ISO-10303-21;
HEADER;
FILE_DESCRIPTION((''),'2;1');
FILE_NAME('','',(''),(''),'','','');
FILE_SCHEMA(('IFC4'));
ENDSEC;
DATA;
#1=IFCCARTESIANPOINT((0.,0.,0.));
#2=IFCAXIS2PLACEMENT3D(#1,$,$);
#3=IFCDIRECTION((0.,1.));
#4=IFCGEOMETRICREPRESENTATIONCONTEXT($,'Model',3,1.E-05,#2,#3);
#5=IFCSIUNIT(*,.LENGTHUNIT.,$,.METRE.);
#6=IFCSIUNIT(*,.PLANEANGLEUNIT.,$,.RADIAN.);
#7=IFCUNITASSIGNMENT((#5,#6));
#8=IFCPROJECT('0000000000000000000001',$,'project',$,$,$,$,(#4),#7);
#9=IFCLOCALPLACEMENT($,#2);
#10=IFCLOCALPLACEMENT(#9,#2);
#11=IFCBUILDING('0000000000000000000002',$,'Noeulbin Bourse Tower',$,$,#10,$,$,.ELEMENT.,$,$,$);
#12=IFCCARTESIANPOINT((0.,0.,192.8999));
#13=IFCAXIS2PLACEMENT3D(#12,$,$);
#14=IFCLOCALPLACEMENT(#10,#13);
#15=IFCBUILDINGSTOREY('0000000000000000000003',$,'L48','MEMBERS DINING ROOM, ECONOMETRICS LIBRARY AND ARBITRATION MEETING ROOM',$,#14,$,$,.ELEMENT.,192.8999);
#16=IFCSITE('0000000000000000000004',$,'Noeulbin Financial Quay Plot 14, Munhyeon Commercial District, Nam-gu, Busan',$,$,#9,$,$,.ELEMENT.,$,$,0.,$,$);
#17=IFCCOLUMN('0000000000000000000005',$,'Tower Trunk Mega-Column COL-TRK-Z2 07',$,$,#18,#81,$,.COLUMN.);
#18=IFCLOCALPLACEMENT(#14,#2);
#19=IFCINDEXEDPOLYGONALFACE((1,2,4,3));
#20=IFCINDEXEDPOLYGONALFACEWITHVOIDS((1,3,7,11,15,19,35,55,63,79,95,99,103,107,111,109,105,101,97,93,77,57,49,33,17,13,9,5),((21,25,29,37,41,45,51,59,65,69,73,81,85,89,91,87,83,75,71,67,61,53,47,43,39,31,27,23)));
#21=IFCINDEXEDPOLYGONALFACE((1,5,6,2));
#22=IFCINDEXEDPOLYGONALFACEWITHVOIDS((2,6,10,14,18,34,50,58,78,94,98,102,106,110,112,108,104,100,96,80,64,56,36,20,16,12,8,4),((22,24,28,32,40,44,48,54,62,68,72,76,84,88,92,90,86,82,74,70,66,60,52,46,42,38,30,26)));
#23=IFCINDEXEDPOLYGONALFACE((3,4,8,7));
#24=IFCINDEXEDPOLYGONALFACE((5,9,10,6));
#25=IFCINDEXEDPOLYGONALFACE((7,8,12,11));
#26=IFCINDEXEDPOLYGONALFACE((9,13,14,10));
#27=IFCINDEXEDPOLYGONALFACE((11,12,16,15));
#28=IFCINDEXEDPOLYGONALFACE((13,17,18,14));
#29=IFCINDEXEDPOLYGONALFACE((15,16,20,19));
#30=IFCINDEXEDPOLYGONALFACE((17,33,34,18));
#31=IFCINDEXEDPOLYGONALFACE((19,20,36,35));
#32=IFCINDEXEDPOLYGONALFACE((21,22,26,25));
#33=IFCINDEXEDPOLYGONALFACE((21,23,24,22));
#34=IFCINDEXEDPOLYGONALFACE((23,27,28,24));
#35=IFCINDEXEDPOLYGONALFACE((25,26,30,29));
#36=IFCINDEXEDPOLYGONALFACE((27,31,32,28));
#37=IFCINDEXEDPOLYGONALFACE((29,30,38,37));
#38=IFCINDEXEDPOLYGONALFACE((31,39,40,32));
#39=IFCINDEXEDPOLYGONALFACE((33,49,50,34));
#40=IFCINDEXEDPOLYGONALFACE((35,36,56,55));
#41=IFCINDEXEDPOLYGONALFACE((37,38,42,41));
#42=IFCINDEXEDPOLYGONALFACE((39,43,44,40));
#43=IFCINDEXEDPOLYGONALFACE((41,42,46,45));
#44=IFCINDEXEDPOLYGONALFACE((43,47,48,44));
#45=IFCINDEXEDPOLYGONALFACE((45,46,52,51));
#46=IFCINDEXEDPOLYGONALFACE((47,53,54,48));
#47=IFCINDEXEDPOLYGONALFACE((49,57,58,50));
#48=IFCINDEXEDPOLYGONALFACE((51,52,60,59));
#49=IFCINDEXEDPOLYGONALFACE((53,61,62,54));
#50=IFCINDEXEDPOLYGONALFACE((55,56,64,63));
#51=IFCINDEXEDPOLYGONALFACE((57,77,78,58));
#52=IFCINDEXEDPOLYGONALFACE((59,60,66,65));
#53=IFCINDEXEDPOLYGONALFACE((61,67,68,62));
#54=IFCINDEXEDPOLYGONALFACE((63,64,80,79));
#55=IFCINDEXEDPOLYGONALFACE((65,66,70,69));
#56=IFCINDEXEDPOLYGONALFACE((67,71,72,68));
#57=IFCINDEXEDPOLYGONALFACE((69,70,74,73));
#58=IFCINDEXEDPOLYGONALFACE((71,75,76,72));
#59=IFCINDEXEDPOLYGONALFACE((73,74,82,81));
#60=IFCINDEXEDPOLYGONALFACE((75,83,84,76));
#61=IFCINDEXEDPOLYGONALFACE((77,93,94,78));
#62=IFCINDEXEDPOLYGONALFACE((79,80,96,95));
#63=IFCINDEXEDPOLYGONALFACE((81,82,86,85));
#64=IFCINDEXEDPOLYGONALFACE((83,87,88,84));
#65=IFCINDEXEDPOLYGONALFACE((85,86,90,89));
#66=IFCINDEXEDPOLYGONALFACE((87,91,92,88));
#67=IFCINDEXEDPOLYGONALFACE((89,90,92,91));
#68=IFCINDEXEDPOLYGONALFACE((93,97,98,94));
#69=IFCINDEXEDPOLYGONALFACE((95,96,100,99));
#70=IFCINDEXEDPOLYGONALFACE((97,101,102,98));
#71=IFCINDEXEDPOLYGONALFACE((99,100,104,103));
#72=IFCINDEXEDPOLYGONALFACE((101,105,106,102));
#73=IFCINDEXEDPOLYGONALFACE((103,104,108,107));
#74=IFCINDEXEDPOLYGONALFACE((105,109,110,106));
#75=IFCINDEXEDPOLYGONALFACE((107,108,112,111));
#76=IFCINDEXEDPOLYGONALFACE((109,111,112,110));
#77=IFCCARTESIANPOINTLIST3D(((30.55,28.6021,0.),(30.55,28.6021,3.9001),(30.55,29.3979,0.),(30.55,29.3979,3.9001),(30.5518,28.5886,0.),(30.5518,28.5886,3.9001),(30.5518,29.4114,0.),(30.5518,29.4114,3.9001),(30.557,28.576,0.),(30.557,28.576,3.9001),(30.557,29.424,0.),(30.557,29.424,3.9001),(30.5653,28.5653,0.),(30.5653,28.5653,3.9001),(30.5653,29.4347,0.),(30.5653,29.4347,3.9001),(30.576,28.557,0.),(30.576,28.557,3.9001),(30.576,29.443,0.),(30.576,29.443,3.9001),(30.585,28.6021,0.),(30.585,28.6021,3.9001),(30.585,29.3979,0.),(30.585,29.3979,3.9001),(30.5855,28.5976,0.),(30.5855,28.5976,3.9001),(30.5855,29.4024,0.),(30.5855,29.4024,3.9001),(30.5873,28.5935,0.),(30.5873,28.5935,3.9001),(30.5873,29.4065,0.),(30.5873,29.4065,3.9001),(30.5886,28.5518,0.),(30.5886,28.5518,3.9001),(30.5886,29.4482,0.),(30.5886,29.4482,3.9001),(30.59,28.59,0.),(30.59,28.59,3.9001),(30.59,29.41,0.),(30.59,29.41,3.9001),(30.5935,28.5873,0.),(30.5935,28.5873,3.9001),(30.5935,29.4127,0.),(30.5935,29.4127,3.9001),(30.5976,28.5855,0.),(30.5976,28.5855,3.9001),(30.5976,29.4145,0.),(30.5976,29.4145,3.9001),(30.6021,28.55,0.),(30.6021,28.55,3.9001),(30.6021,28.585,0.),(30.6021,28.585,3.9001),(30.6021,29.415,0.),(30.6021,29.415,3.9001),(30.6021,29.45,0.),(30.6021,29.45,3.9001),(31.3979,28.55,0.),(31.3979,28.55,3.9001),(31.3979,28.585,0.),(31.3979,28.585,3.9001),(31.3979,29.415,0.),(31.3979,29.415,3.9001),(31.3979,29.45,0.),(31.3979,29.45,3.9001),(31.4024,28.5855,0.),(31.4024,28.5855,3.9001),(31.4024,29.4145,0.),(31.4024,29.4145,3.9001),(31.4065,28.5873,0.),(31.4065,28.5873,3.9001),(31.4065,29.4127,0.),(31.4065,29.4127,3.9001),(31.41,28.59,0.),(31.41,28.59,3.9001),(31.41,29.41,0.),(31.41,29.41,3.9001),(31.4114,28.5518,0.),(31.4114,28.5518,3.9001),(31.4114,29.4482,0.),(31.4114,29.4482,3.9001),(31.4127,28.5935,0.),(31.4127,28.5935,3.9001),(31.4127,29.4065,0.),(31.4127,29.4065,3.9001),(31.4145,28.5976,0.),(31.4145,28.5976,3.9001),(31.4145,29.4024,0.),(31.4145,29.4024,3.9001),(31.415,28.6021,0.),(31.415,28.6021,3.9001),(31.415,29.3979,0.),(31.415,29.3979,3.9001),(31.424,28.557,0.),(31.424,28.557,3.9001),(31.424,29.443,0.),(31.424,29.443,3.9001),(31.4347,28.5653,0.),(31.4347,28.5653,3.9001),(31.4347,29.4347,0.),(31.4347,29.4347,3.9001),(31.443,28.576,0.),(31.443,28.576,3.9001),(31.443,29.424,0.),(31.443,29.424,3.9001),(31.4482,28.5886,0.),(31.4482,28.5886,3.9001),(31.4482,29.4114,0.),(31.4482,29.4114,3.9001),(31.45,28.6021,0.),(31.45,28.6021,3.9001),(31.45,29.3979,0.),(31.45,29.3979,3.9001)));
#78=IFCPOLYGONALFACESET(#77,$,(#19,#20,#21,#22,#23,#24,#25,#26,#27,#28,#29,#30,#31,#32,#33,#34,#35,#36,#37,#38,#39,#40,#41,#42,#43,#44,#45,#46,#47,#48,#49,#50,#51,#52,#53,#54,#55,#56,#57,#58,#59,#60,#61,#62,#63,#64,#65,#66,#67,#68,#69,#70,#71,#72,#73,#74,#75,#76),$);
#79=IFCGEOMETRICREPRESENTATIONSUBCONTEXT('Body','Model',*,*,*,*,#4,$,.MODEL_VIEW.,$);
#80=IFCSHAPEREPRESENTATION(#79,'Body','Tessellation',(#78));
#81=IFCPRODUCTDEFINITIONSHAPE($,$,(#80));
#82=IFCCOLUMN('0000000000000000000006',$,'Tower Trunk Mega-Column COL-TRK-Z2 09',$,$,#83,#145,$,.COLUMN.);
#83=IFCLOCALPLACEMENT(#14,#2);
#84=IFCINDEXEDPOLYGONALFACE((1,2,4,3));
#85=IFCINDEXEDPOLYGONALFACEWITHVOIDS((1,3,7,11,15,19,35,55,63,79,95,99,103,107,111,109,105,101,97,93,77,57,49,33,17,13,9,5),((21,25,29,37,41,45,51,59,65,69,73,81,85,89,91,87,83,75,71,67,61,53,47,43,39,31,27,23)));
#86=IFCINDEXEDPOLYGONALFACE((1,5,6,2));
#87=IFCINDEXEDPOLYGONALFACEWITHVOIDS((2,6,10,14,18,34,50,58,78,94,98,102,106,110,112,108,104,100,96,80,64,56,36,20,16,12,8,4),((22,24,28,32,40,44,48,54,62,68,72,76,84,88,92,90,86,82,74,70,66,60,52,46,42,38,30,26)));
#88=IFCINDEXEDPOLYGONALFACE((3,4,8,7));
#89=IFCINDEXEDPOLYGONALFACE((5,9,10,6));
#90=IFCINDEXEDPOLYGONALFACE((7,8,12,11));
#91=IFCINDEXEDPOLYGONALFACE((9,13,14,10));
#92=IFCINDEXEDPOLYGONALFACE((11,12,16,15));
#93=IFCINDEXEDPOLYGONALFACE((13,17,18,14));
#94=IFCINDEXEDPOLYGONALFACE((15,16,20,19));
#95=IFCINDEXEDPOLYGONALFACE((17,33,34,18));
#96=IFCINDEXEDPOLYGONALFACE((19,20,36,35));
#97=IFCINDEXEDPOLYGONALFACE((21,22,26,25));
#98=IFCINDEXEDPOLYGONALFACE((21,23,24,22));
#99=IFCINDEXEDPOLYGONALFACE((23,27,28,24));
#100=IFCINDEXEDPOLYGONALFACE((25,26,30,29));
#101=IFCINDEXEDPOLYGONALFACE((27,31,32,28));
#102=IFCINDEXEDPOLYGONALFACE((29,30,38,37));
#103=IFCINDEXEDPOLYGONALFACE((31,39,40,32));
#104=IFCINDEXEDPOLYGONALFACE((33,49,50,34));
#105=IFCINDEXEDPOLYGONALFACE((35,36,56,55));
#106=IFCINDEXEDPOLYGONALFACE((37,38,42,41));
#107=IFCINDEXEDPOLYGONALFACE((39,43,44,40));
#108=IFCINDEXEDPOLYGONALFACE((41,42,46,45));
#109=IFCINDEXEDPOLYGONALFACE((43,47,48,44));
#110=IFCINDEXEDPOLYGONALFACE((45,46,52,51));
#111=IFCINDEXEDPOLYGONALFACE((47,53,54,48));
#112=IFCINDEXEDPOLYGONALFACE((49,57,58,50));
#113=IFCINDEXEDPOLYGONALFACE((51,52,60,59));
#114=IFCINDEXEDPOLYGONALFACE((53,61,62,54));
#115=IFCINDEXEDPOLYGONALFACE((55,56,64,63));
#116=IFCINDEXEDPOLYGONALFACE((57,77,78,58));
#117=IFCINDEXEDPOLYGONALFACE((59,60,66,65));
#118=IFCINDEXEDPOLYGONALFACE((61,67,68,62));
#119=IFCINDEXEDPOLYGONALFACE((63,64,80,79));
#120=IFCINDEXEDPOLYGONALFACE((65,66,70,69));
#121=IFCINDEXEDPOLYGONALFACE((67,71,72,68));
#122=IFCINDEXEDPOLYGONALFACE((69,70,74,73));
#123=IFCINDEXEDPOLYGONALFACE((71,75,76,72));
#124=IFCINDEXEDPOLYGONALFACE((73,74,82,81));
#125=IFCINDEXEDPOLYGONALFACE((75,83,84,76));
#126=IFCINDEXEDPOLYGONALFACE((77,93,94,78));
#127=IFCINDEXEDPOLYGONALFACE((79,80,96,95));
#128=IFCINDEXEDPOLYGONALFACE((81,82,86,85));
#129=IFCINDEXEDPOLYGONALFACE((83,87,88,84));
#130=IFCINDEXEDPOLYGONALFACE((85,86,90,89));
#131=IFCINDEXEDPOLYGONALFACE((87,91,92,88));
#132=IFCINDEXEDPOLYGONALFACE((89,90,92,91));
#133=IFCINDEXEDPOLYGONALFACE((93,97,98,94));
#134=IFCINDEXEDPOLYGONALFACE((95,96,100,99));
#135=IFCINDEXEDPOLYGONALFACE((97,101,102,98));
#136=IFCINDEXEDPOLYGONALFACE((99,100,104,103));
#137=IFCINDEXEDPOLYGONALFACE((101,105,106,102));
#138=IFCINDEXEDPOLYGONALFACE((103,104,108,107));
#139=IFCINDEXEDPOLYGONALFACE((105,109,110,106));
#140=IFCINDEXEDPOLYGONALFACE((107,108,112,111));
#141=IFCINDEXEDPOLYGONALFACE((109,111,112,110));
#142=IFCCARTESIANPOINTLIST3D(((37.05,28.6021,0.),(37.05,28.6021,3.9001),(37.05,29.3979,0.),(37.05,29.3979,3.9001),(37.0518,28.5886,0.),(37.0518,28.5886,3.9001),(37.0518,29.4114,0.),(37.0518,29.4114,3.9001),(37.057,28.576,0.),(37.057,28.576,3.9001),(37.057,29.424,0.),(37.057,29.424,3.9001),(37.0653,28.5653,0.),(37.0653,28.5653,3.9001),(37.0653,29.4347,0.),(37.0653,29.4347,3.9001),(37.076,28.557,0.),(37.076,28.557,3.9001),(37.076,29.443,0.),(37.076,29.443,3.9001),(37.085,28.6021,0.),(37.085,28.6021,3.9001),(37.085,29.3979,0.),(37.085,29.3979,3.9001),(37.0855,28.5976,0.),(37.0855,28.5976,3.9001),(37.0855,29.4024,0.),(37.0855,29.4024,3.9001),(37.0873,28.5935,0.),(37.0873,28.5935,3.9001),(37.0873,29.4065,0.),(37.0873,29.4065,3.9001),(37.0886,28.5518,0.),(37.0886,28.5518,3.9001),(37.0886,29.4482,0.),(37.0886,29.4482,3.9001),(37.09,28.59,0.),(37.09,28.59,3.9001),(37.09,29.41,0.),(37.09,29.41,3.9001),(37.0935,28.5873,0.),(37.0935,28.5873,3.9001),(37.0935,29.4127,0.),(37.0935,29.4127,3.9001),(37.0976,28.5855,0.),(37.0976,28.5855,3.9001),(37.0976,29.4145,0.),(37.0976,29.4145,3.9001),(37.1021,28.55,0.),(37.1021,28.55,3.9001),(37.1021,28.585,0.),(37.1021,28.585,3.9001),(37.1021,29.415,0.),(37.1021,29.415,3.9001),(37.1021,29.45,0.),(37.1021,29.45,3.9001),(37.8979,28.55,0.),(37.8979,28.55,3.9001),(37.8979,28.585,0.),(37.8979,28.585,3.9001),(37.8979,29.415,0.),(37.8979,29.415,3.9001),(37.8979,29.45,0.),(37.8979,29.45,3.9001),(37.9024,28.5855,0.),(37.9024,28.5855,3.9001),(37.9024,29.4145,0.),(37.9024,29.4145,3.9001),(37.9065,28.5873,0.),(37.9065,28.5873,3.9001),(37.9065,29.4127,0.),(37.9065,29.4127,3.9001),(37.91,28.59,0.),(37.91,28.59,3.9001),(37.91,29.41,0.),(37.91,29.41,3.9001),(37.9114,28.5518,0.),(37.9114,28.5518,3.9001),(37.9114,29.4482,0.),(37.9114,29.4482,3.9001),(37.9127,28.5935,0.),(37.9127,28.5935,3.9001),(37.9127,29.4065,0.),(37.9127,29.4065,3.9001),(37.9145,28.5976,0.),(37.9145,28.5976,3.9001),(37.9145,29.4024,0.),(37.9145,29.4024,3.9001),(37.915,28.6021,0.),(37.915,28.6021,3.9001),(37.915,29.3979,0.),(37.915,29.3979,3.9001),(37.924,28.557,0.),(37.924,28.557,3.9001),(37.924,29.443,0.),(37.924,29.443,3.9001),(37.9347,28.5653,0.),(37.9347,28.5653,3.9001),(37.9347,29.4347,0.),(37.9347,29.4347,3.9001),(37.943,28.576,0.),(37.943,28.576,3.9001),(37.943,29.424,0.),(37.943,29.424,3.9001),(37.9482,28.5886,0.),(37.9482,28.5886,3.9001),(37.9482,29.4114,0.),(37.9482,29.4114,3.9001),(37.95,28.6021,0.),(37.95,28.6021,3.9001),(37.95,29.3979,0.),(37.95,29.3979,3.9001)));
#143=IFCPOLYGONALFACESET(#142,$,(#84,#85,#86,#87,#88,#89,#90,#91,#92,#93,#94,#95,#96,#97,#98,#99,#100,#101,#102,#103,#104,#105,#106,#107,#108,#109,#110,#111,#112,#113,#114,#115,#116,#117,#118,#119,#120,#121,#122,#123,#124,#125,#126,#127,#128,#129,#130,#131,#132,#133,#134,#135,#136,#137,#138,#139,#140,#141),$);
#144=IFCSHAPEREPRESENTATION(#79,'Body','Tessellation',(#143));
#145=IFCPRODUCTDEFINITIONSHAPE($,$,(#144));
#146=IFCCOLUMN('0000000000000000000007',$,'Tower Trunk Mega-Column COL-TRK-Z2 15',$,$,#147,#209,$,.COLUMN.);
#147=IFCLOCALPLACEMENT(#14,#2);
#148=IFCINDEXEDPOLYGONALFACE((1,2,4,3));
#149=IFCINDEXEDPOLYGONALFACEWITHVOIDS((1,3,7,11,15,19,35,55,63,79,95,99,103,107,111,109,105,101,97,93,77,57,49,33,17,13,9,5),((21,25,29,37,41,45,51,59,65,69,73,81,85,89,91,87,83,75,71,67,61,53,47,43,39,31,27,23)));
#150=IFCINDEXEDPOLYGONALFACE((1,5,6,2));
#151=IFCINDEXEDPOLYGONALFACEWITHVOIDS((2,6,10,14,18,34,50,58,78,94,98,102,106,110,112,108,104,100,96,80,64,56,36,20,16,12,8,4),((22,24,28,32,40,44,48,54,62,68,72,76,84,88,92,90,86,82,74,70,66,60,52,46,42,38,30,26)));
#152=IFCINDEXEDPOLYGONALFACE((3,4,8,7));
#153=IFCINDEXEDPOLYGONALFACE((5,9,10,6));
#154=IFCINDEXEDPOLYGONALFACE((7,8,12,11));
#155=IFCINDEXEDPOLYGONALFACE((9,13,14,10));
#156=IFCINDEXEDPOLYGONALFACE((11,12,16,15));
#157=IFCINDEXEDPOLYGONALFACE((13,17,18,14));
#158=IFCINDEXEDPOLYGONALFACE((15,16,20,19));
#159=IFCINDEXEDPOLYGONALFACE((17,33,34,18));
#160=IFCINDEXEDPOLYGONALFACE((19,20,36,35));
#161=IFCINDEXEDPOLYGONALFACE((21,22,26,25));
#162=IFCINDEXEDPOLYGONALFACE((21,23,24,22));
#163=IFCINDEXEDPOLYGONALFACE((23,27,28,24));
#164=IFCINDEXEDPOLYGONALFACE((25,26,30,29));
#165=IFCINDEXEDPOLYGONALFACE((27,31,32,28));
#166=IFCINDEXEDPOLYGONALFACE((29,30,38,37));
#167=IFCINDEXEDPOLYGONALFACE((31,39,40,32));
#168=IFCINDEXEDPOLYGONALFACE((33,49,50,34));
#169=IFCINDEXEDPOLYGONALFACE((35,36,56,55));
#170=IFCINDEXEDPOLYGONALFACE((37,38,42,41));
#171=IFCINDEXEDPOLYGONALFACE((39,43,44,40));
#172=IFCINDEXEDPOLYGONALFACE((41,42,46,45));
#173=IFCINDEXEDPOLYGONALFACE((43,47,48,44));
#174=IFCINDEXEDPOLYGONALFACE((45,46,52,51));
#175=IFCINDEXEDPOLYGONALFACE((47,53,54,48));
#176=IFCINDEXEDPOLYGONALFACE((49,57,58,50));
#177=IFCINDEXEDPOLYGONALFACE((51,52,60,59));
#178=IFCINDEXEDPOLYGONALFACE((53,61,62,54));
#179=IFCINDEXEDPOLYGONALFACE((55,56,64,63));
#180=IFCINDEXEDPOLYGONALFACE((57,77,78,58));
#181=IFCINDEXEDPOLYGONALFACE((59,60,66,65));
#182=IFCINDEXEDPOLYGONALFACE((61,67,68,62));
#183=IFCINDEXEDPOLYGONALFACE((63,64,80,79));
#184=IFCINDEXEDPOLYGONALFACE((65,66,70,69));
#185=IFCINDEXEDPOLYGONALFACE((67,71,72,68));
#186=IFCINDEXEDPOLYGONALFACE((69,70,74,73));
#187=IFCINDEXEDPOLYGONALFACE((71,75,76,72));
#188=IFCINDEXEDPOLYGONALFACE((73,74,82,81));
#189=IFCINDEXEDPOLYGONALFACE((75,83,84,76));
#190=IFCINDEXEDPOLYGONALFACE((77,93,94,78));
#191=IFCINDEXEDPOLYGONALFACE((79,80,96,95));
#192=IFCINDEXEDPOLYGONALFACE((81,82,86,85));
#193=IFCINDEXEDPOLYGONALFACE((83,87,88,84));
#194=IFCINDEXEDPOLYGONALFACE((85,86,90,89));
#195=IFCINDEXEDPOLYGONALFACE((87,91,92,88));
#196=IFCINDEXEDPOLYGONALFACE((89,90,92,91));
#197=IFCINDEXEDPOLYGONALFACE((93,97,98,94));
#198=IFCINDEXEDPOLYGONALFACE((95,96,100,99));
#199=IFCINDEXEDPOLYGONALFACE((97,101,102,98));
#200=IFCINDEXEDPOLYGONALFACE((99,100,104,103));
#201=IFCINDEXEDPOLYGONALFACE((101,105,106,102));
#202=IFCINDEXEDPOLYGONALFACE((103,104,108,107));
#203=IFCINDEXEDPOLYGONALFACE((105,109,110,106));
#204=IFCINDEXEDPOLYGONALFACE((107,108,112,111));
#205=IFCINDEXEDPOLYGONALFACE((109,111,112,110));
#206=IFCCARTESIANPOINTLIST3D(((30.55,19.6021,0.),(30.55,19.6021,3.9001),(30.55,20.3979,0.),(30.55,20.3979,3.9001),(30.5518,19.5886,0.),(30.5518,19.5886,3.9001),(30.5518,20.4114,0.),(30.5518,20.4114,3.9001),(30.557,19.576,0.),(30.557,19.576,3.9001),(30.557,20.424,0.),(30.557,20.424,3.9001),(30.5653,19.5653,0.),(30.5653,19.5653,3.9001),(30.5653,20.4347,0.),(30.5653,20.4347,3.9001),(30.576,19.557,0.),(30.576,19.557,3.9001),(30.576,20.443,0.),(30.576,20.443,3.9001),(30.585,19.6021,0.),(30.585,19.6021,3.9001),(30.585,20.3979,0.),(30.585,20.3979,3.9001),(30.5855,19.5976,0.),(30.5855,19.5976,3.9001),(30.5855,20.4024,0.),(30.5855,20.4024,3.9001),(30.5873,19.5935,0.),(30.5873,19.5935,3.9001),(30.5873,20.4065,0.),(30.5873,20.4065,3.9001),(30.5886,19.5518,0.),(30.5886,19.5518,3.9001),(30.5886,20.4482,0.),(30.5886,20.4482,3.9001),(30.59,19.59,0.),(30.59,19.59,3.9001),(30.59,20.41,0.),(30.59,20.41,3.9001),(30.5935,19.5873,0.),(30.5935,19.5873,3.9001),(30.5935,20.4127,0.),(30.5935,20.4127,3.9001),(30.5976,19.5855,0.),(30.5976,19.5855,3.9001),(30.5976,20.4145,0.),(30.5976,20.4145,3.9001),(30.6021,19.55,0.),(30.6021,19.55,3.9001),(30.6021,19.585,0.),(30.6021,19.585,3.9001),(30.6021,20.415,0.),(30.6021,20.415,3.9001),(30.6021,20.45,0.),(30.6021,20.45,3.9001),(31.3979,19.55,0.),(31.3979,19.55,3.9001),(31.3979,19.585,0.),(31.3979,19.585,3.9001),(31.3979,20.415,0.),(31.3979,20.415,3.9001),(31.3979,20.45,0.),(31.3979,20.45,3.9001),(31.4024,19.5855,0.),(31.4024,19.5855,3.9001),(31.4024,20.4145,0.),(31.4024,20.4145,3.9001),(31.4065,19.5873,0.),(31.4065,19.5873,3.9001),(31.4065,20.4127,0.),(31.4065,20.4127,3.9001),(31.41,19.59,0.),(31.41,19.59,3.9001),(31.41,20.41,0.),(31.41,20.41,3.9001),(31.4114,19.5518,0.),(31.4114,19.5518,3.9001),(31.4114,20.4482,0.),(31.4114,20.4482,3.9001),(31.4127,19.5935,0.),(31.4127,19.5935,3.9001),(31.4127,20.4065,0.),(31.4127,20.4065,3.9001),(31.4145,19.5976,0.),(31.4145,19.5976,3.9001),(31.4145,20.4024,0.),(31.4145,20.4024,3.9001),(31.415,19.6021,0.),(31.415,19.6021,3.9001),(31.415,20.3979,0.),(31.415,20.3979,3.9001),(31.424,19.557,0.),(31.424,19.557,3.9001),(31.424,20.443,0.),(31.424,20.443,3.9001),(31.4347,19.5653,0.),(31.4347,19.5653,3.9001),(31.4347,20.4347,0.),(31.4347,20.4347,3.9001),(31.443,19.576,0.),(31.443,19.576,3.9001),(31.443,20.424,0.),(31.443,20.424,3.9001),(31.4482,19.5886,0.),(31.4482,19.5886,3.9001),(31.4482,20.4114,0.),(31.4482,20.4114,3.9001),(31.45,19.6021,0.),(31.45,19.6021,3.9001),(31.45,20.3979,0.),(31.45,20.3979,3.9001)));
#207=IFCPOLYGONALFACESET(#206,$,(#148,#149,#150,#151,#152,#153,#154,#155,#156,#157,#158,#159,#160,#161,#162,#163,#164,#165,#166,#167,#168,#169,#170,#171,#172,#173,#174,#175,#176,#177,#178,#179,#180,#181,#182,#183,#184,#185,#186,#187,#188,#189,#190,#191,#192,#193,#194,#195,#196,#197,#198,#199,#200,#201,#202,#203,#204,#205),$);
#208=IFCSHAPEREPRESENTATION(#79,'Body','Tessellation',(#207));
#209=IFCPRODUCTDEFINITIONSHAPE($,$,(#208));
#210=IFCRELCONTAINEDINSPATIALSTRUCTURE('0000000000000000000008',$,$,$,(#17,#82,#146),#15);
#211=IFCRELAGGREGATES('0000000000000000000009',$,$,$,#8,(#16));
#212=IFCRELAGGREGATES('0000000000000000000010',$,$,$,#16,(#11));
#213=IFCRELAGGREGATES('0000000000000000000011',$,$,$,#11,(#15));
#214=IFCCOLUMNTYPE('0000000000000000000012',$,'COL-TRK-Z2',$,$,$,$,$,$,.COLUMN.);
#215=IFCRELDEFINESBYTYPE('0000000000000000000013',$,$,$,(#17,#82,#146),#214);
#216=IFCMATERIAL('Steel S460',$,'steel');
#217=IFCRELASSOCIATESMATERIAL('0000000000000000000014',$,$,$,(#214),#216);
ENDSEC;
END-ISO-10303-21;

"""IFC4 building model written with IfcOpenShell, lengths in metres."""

from ifc_helpers import new_model, si_unit, direction, frame, origin, origin_2d, place, context, subcontext, project, spatial, hollow_rectangle, extrude, material, material_profile, profile_set, type_object, element, save


model = new_model("IFC4")

# Units and contexts
model_context = context("Model", 3, precision=1e-05, world=origin(), true_north=direction((0.0, 1.0)))
body_context = subcontext(model_context, "Body", "Model", "MODEL_VIEW")
ifc_project = project(units=[si_unit("LENGTHUNIT", "METRE"), si_unit("PLANEANGLEUNIT", "RADIAN")], contexts=[model_context])

# Site, building, storey
site_placement = place(None, origin())
site = spatial("IfcSite", under=ifc_project, at=site_placement, Name="Noeulbin Financial Quay Plot 14, Munhyeon Commercial District, Nam-gu, Busan", CompositionType="ELEMENT", RefElevation=0.0)
building_placement = place(site_placement, origin())
building = spatial("IfcBuilding", under=site, at=building_placement, Name="Noeulbin Bourse Tower", CompositionType="ELEMENT")
storey_placement = place(building_placement, frame((0.0, 0.0, 192.8999)))
storey = spatial("IfcBuildingStorey", under=building, at=storey_placement, Name="L48", Description="MEMBERS DINING ROOM, ECONOMETRICS LIBRARY AND ARBITRATION MEETING ROOM", CompositionType="ELEMENT", Elevation=192.8999)

# Columns
ifc_material_1 = material(Name="Steel S460", Category="steel")
ifc_material_profile_1 = material_profile(ifc_material_1, hollow_rectangle(XDim=0.8999, YDim=0.8999, WallThickness=0.0349, InnerFilletRadius=0.0171, OuterFilletRadius=0.052, at=origin_2d()), Name="BOX-900x900x35", Category="LoadBearing")
ifc_profile_set_1 = profile_set([ifc_material_profile_1], Name="Steel S460")
column_type = type_object("IfcColumnType", Name="COL-TRK-Z2", PredefinedType="COLUMN", material=ifc_profile_set_1)
for number, where, z_axis, x_axis, name in (
    (1, (31.0, 29.0, 0.0), (0.0, 0.0, 1.0), (1.0, 0.0, 0.0), "Tower Trunk Mega-Column COL-TRK-Z2 07"),
    (2, (37.5, 29.0, 0.0), (0.0, 0.0, 1.0), (1.0, 0.0, 0.0), "Tower Trunk Mega-Column COL-TRK-Z2 09"),
    (3, (31.0, 20.0, 0.0), (0.0, 0.0, 1.0), (1.0, 0.0, 0.0), "Tower Trunk Mega-Column COL-TRK-Z2 15"),
):
    element("IfcColumn", number, at=place(storey_placement, frame(where, z_axis=z_axis, x_axis=x_axis)), inside=storey, type_object=column_type, Name=name, PredefinedType="COLUMN", context=body_context, shape_type="SweptSolid", body=[
        extrude(hollow_rectangle(XDim=0.8999, YDim=0.8999, WallThickness=0.0349, InnerFilletRadius=0.0171, OuterFilletRadius=0.052, at=origin_2d()), origin(), (0.0, 0.0, 1.0), 3.9001),
    ])

save(model, "model.ifc")
